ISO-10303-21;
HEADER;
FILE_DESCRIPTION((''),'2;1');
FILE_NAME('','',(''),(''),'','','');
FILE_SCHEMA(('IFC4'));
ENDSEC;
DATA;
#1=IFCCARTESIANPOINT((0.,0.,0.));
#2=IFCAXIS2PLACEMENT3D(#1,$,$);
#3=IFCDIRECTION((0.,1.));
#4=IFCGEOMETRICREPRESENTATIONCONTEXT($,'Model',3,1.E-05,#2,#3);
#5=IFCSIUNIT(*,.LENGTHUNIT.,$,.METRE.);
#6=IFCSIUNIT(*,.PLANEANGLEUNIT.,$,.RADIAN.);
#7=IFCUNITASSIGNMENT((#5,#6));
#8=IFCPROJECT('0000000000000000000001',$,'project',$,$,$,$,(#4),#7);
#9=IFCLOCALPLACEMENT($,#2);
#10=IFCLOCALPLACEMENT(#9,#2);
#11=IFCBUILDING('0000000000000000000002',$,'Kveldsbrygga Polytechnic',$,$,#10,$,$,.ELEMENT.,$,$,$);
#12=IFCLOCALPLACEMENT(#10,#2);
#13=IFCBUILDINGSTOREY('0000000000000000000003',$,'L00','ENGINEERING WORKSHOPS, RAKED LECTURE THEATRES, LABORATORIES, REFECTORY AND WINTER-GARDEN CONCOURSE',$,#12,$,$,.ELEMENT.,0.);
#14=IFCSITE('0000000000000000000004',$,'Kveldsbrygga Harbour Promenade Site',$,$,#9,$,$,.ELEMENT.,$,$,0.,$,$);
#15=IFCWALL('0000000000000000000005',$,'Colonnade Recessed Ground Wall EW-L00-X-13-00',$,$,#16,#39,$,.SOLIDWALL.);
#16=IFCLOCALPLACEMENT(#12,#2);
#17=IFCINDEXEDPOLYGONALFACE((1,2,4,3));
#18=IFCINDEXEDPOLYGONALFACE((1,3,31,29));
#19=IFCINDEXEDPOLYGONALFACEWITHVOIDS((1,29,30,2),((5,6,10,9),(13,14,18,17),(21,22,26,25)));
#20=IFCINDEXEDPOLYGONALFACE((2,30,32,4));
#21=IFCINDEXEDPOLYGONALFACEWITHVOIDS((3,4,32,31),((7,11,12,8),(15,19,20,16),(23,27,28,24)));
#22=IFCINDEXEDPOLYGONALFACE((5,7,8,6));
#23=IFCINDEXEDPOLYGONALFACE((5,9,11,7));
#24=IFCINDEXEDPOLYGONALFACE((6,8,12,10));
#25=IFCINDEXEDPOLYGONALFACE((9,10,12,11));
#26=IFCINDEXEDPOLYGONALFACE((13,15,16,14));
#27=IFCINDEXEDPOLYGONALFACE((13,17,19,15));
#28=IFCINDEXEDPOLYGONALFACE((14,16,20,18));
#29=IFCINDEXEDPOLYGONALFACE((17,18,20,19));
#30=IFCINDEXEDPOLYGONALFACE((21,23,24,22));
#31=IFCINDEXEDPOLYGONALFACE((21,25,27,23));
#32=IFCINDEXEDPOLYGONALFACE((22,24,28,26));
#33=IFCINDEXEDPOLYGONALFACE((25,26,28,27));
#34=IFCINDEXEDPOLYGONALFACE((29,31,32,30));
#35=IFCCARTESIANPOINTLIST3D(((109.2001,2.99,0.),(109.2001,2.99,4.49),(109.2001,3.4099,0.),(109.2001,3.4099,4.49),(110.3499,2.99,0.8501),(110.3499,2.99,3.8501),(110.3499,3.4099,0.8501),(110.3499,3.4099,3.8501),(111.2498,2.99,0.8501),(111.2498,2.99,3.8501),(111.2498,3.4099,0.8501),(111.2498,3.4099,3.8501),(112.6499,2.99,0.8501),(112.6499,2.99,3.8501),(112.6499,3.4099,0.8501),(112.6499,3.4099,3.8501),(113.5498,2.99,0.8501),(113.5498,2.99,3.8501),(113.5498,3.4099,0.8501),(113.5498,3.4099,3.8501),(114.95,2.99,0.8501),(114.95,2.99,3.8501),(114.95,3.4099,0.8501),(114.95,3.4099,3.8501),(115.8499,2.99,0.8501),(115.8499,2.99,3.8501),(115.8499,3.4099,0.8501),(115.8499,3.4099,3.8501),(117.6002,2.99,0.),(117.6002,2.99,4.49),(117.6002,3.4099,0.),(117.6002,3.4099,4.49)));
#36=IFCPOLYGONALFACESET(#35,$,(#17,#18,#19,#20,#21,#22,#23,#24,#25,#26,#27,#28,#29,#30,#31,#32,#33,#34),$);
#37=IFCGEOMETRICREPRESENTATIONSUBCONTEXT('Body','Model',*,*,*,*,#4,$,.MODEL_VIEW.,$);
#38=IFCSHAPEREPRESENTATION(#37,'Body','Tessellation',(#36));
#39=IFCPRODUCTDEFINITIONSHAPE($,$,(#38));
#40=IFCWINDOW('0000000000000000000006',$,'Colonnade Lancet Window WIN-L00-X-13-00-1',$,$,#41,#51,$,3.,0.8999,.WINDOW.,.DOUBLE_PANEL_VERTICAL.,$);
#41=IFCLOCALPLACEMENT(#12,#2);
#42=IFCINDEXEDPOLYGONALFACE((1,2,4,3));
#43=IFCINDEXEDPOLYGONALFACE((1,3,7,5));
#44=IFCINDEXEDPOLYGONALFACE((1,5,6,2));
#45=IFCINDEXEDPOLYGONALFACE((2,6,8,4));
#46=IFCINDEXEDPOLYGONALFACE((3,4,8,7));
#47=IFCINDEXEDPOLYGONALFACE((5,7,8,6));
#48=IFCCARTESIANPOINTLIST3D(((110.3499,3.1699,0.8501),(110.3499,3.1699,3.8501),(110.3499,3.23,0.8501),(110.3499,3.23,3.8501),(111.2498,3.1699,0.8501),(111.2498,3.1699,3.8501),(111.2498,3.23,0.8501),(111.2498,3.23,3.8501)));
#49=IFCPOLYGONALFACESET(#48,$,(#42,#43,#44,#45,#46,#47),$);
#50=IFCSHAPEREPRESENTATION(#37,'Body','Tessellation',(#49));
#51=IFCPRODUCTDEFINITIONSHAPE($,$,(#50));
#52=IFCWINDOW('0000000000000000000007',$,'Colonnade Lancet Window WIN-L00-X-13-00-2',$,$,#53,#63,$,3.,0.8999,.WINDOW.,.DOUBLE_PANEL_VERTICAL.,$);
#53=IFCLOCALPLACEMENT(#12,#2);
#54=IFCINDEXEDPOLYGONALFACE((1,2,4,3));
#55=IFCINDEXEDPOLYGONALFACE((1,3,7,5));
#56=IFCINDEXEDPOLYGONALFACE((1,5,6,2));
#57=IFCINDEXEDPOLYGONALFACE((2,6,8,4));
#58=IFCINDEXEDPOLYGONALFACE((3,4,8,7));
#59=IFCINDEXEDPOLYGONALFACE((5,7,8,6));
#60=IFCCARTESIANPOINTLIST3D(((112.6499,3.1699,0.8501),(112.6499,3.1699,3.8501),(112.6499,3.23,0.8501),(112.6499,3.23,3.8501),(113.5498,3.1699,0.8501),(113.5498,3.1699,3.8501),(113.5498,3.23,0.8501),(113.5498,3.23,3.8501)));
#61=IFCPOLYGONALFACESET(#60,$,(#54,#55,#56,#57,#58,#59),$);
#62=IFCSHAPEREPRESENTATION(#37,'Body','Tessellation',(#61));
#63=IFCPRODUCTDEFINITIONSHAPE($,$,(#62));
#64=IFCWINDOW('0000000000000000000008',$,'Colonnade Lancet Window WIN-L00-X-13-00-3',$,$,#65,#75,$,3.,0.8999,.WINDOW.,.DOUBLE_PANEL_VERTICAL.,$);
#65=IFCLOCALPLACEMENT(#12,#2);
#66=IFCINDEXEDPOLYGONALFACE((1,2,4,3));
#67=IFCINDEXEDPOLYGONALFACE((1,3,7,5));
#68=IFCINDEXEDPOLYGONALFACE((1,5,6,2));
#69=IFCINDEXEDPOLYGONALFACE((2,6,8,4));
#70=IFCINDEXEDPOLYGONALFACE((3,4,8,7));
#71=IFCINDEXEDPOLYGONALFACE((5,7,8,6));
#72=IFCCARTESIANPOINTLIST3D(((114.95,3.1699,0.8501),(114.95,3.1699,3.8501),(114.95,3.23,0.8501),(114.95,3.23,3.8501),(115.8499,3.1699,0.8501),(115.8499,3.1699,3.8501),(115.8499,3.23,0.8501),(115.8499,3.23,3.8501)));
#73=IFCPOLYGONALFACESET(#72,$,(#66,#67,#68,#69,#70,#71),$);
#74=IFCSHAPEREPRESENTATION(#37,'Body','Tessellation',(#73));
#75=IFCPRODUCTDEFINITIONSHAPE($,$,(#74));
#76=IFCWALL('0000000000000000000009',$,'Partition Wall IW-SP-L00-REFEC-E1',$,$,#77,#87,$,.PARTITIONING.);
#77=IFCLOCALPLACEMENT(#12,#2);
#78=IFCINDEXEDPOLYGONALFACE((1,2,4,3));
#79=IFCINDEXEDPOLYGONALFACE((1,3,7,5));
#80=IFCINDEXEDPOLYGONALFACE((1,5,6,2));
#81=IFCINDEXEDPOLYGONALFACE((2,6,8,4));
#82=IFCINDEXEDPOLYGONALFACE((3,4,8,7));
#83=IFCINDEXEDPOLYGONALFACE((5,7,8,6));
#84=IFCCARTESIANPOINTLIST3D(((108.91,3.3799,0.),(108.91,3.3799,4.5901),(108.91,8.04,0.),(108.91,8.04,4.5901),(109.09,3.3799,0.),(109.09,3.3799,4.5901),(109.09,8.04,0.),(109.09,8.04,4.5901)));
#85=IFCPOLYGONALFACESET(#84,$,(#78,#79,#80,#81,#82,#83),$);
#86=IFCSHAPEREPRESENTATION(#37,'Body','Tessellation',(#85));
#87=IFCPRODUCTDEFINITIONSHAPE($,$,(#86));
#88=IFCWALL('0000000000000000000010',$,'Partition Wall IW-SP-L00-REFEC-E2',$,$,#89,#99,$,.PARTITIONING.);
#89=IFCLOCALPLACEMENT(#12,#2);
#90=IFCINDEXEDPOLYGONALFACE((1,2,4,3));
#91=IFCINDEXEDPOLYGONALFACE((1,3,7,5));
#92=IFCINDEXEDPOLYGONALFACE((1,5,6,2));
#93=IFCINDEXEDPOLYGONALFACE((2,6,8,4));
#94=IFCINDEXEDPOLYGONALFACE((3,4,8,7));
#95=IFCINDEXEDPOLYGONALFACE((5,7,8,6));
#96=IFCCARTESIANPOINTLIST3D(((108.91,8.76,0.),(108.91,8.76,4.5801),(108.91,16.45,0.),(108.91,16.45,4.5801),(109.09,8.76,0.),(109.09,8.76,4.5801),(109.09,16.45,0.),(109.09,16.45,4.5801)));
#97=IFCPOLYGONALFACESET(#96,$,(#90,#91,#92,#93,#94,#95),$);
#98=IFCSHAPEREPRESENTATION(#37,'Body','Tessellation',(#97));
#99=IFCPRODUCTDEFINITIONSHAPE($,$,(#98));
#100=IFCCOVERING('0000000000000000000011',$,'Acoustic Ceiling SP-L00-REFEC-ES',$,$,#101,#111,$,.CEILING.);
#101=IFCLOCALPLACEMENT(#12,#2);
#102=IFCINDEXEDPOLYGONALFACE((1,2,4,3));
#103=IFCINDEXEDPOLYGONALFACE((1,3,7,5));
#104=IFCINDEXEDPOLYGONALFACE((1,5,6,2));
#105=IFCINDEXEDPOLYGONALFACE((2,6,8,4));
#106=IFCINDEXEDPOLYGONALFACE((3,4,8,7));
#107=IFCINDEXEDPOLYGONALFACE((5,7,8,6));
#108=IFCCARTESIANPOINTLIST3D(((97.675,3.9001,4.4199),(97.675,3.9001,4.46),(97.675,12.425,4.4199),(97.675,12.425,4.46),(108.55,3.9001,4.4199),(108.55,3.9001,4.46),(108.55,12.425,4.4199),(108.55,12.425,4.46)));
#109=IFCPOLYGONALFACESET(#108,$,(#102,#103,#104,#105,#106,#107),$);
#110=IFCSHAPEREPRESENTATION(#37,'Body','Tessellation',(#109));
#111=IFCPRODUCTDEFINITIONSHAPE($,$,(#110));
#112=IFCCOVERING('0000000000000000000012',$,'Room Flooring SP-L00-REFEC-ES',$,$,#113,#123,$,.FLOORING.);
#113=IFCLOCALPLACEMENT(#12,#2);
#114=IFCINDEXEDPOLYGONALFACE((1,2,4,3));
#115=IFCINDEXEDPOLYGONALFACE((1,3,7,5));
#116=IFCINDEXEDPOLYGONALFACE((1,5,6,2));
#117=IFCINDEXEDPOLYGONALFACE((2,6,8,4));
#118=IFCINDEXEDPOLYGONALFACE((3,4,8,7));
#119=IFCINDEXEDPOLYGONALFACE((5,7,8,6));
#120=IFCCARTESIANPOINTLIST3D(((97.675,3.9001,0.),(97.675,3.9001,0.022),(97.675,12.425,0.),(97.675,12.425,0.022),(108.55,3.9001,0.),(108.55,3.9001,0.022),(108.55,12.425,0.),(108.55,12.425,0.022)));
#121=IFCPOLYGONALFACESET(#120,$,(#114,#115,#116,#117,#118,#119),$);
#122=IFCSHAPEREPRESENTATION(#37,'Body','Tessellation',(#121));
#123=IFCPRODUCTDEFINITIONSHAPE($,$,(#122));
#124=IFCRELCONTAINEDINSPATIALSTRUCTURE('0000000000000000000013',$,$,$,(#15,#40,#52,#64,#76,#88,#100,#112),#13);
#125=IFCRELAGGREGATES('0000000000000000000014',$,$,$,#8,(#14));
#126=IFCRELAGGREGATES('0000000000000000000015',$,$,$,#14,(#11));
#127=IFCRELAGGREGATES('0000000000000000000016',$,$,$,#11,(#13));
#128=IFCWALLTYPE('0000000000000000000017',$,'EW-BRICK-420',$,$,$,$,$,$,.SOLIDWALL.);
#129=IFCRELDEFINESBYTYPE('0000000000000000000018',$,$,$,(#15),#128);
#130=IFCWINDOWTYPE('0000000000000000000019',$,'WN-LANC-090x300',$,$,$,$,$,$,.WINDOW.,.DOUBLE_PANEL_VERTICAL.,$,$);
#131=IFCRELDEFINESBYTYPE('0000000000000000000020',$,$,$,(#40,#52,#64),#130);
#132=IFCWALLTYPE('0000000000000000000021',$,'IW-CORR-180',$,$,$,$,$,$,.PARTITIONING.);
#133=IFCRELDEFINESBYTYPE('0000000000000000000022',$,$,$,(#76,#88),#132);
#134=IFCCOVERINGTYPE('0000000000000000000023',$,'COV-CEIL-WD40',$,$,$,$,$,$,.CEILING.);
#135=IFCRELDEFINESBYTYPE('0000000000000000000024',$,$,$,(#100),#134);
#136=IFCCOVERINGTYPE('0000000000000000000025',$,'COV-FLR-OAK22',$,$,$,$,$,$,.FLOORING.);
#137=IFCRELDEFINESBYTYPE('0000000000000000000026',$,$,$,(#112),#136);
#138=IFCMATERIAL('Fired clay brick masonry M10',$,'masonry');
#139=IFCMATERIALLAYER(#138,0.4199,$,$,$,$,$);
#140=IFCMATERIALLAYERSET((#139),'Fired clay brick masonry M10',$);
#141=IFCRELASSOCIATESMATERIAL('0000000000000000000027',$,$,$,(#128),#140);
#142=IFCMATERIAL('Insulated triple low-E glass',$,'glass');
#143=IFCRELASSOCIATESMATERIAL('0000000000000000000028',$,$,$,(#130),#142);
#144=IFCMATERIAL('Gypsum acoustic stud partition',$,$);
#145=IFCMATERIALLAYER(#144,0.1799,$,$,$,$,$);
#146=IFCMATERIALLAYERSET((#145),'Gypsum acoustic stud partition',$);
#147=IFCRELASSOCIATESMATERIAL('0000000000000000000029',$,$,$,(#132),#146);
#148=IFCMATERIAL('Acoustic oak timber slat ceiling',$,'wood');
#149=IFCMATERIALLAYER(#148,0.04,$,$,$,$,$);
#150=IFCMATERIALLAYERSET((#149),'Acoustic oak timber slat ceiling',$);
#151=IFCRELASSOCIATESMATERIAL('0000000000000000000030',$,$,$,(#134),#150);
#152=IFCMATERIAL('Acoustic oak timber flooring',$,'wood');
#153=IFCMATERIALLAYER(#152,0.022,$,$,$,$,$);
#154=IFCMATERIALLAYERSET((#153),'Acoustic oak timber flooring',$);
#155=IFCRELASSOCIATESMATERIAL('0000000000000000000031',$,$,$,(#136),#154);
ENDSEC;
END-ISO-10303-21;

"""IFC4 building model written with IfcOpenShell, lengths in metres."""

from ifc_helpers import new_model, si_unit, direction, frame, frame_2d, origin, origin_2d, place, context, subcontext, project, spatial, rectangle, extrude, material, layer, layer_set, type_object, element, fill, save


model = new_model("IFC4")

# Units and contexts
model_context = context("Model", 3, precision=1e-05, world=origin(), true_north=direction((0.0, 1.0)))
body_context = subcontext(model_context, "Body", "Model", "MODEL_VIEW")
ifc_project = project(units=[si_unit("LENGTHUNIT", "METRE"), si_unit("PLANEANGLEUNIT", "RADIAN")], contexts=[model_context])

# Site, building, storey
site_placement = place(None, origin())
site = spatial("IfcSite", under=ifc_project, at=site_placement, Name="Kveldsbrygga Harbour Promenade Site", CompositionType="ELEMENT", RefElevation=0.0)
building_placement = place(site_placement, origin())
building = spatial("IfcBuilding", under=site, at=building_placement, Name="Kveldsbrygga Polytechnic", CompositionType="ELEMENT")
storey_placement = place(building_placement, origin())
storey = spatial("IfcBuildingStorey", under=building, at=storey_placement, Name="L00", Description="ENGINEERING WORKSHOPS, RAKED LECTURE THEATRES, LABORATORIES, REFECTORY AND WINTER-GARDEN CONCOURSE", CompositionType="ELEMENT", Elevation=0.0)

# Shared definitions
ifc_material_1 = material(Name="Fired clay brick masonry M10", Category="masonry")
ifc_layer_1 = layer(ifc_material_1, 0.4199)
ifc_layer_set_1 = layer_set([ifc_layer_1], Name="Fired clay brick masonry M10")
wall_type_1 = type_object("IfcWallType", Name="EW-BRICK-420", PredefinedType="SOLIDWALL", material=ifc_layer_set_1)

# Wall, openings, windows
wall_1_placement = place(storey_placement, frame((109.2, 3.2, 0.0), z_axis=(0.0, 0.0, 1.0), x_axis=(1.0, 0.0, 0.0)))
wall_1 = element("IfcWall", 1, at=wall_1_placement, inside=storey, type_object=wall_type_1, Name="Colonnade Recessed Ground Wall EW-L00-X-13-00", PredefinedType="SOLIDWALL", context=body_context, shape_type="SweptSolid", body=[
    extrude(rectangle(XDim=8.4001, YDim=0.4199, at=frame_2d((4.2002, 0.0))), origin(), (0.0, 0.0, 1.0), 4.49),
])
opening_1_placement = place(wall_1_placement, frame((1.1499, 0.0, 0.8501)))
opening_1 = element("IfcOpeningElement", 2, at=opening_1_placement, cuts=wall_1, PredefinedType="OPENING", context=body_context, shape_type="SweptSolid", body=[
    extrude(rectangle(XDim=0.8999, YDim=3.0, at=frame_2d((0.45, 1.5))), frame((0.0, 0.22, 0.0), z_axis=(0.0, -1.0, 0.0), x_axis=(1.0, 0.0, 0.0)), (0.0, 0.0, 1.0), 0.4399),
])
opening_2_placement = place(wall_1_placement, frame((3.45, 0.0, 0.8501)))
opening_2 = element("IfcOpeningElement", 3, at=opening_2_placement, cuts=wall_1, PredefinedType="OPENING", context=body_context, shape_type="SweptSolid", body=[
    extrude(rectangle(XDim=0.8999, YDim=3.0, at=frame_2d((0.45, 1.5))), frame((0.0, 0.22, 0.0), z_axis=(0.0, -1.0, 0.0), x_axis=(1.0, 0.0, 0.0)), (0.0, 0.0, 1.0), 0.4399),
])
opening_3_placement = place(wall_1_placement, frame((5.75, 0.0, 0.8501)))
opening_3 = element("IfcOpeningElement", 4, at=opening_3_placement, cuts=wall_1, PredefinedType="OPENING", context=body_context, shape_type="SweptSolid", body=[
    extrude(rectangle(XDim=0.8999, YDim=3.0, at=frame_2d((0.45, 1.5))), frame((0.0, 0.22, 0.0), z_axis=(0.0, -1.0, 0.0), x_axis=(1.0, 0.0, 0.0)), (0.0, 0.0, 1.0), 0.4399),
])
ifc_material_2 = material(Name="Insulated triple low-E glass", Category="glass")
window_type = type_object("IfcWindowType", Name="WN-LANC-090x300", PartitioningType="DOUBLE_PANEL_VERTICAL", PredefinedType="WINDOW", material=ifc_material_2)
window_1_placement = place(opening_1_placement, origin())
window_1 = element("IfcWindow", 5, at=window_1_placement, inside=storey, type_object=window_type, Name="Colonnade Lancet Window WIN-L00-X-13-00-1", OverallHeight=3.0, OverallWidth=0.8999, PartitioningType="DOUBLE_PANEL_VERTICAL", PredefinedType="WINDOW", context=body_context, shape_type="SweptSolid", body=[
    extrude(rectangle(XDim=0.8999, YDim=3.0, at=frame_2d((0.45, 1.5))), frame((0.0, 0.03, 0.0), z_axis=(0.0, -1.0, 0.0), x_axis=(1.0, 0.0, 0.0)), (0.0, 0.0, 1.0), 0.0601),
])
fill(opening_1, window_1)
window_2_placement = place(opening_2_placement, origin())
window_2 = element("IfcWindow", 6, at=window_2_placement, inside=storey, type_object=window_type, Name="Colonnade Lancet Window WIN-L00-X-13-00-2", OverallHeight=3.0, OverallWidth=0.8999, PartitioningType="DOUBLE_PANEL_VERTICAL", PredefinedType="WINDOW", context=body_context, shape_type="SweptSolid", body=[
    extrude(rectangle(XDim=0.8999, YDim=3.0, at=frame_2d((0.45, 1.5))), frame((0.0, 0.03, 0.0), z_axis=(0.0, -1.0, 0.0), x_axis=(1.0, 0.0, 0.0)), (0.0, 0.0, 1.0), 0.0601),
])
fill(opening_2, window_2)
window_3_placement = place(opening_3_placement, origin())
window_3 = element("IfcWindow", 7, at=window_3_placement, inside=storey, type_object=window_type, Name="Colonnade Lancet Window WIN-L00-X-13-00-3", OverallHeight=3.0, OverallWidth=0.8999, PartitioningType="DOUBLE_PANEL_VERTICAL", PredefinedType="WINDOW", context=body_context, shape_type="SweptSolid", body=[
    extrude(rectangle(XDim=0.8999, YDim=3.0, at=frame_2d((0.45, 1.5))), frame((0.0, 0.03, 0.0), z_axis=(0.0, -1.0, 0.0), x_axis=(1.0, 0.0, 0.0)), (0.0, 0.0, 1.0), 0.0601),
])
fill(opening_3, window_3)

# Walls
ifc_material_3 = material(Name="Gypsum acoustic stud partition")
ifc_layer_2 = layer(ifc_material_3, 0.1799)
ifc_layer_set_2 = layer_set([ifc_layer_2], Name="Gypsum acoustic stud partition")
wall_type_2 = type_object("IfcWallType", Name="IW-CORR-180", PredefinedType="PARTITIONING", material=ifc_layer_set_2)
wall_2_placement = place(storey_placement, frame((109.0, 3.3799, 0.0), z_axis=(0.0, 0.0, 1.0), x_axis=(0.0, 1.0, 0.0)))
element("IfcWall", 8, at=wall_2_placement, inside=storey, type_object=wall_type_2, Name="Partition Wall IW-SP-L00-REFEC-E1", PredefinedType="PARTITIONING", context=body_context, shape_type="SweptSolid", body=[
    extrude(rectangle(XDim=4.6602, YDim=0.1799, at=frame_2d((2.3301, 0.0))), origin(), (0.0, 0.0, 1.0), 4.5901),
])
wall_3_placement = place(storey_placement, frame((109.0, 8.76, 0.0), z_axis=(0.0, 0.0, 1.0), x_axis=(0.0, 1.0, 0.0)))
element("IfcWall", 9, at=wall_3_placement, inside=storey, type_object=wall_type_2, Name="Partition Wall IW-SP-L00-REFEC-E2", PredefinedType="PARTITIONING", context=body_context, shape_type="SweptSolid", body=[
    extrude(rectangle(XDim=7.6899, YDim=0.1799, at=frame_2d((3.845, 0.0))), origin(), (0.0, 0.0, 1.0), 4.5801),
])

# Coverings
ifc_material_4 = material(Name="Acoustic oak timber slat ceiling", Category="wood")
ifc_layer_3 = layer(ifc_material_4, 0.04)
ifc_layer_set_3 = layer_set([ifc_layer_3], Name="Acoustic oak timber slat ceiling")
covering_type_1 = type_object("IfcCoveringType", Name="COV-CEIL-WD40", PredefinedType="CEILING", material=ifc_layer_set_3)
covering_1_placement = place(storey_placement, frame((103.1125, 8.1626, 4.4199), z_axis=(0.0, 0.0, 1.0), x_axis=(1.0, 0.0, 0.0)))
element("IfcCovering", 10, at=covering_1_placement, inside=storey, type_object=covering_type_1, Name="Acoustic Ceiling SP-L00-REFEC-ES", PredefinedType="CEILING", context=body_context, shape_type="SweptSolid", body=[
    extrude(rectangle(XDim=10.875, YDim=8.5249, at=origin_2d()), origin(), (0.0, 0.0, 1.0), 0.04),
])
ifc_material_5 = material(Name="Acoustic oak timber flooring", Category="wood")
ifc_layer_4 = layer(ifc_material_5, 0.022)
ifc_layer_set_4 = layer_set([ifc_layer_4], Name="Acoustic oak timber flooring")
covering_type_2 = type_object("IfcCoveringType", Name="COV-FLR-OAK22", PredefinedType="FLOORING", material=ifc_layer_set_4)
covering_2_placement = place(storey_placement, frame((103.1125, 8.1626, 0.0), z_axis=(0.0, 0.0, 1.0), x_axis=(1.0, 0.0, 0.0)))
element("IfcCovering", 11, at=covering_2_placement, inside=storey, type_object=covering_type_2, Name="Room Flooring SP-L00-REFEC-ES", PredefinedType="FLOORING", context=body_context, shape_type="SweptSolid", body=[
    extrude(rectangle(XDim=10.875, YDim=8.5249, at=origin_2d()), origin(), (0.0, 0.0, 1.0), 0.022),
])

save(model, "model.ifc")
